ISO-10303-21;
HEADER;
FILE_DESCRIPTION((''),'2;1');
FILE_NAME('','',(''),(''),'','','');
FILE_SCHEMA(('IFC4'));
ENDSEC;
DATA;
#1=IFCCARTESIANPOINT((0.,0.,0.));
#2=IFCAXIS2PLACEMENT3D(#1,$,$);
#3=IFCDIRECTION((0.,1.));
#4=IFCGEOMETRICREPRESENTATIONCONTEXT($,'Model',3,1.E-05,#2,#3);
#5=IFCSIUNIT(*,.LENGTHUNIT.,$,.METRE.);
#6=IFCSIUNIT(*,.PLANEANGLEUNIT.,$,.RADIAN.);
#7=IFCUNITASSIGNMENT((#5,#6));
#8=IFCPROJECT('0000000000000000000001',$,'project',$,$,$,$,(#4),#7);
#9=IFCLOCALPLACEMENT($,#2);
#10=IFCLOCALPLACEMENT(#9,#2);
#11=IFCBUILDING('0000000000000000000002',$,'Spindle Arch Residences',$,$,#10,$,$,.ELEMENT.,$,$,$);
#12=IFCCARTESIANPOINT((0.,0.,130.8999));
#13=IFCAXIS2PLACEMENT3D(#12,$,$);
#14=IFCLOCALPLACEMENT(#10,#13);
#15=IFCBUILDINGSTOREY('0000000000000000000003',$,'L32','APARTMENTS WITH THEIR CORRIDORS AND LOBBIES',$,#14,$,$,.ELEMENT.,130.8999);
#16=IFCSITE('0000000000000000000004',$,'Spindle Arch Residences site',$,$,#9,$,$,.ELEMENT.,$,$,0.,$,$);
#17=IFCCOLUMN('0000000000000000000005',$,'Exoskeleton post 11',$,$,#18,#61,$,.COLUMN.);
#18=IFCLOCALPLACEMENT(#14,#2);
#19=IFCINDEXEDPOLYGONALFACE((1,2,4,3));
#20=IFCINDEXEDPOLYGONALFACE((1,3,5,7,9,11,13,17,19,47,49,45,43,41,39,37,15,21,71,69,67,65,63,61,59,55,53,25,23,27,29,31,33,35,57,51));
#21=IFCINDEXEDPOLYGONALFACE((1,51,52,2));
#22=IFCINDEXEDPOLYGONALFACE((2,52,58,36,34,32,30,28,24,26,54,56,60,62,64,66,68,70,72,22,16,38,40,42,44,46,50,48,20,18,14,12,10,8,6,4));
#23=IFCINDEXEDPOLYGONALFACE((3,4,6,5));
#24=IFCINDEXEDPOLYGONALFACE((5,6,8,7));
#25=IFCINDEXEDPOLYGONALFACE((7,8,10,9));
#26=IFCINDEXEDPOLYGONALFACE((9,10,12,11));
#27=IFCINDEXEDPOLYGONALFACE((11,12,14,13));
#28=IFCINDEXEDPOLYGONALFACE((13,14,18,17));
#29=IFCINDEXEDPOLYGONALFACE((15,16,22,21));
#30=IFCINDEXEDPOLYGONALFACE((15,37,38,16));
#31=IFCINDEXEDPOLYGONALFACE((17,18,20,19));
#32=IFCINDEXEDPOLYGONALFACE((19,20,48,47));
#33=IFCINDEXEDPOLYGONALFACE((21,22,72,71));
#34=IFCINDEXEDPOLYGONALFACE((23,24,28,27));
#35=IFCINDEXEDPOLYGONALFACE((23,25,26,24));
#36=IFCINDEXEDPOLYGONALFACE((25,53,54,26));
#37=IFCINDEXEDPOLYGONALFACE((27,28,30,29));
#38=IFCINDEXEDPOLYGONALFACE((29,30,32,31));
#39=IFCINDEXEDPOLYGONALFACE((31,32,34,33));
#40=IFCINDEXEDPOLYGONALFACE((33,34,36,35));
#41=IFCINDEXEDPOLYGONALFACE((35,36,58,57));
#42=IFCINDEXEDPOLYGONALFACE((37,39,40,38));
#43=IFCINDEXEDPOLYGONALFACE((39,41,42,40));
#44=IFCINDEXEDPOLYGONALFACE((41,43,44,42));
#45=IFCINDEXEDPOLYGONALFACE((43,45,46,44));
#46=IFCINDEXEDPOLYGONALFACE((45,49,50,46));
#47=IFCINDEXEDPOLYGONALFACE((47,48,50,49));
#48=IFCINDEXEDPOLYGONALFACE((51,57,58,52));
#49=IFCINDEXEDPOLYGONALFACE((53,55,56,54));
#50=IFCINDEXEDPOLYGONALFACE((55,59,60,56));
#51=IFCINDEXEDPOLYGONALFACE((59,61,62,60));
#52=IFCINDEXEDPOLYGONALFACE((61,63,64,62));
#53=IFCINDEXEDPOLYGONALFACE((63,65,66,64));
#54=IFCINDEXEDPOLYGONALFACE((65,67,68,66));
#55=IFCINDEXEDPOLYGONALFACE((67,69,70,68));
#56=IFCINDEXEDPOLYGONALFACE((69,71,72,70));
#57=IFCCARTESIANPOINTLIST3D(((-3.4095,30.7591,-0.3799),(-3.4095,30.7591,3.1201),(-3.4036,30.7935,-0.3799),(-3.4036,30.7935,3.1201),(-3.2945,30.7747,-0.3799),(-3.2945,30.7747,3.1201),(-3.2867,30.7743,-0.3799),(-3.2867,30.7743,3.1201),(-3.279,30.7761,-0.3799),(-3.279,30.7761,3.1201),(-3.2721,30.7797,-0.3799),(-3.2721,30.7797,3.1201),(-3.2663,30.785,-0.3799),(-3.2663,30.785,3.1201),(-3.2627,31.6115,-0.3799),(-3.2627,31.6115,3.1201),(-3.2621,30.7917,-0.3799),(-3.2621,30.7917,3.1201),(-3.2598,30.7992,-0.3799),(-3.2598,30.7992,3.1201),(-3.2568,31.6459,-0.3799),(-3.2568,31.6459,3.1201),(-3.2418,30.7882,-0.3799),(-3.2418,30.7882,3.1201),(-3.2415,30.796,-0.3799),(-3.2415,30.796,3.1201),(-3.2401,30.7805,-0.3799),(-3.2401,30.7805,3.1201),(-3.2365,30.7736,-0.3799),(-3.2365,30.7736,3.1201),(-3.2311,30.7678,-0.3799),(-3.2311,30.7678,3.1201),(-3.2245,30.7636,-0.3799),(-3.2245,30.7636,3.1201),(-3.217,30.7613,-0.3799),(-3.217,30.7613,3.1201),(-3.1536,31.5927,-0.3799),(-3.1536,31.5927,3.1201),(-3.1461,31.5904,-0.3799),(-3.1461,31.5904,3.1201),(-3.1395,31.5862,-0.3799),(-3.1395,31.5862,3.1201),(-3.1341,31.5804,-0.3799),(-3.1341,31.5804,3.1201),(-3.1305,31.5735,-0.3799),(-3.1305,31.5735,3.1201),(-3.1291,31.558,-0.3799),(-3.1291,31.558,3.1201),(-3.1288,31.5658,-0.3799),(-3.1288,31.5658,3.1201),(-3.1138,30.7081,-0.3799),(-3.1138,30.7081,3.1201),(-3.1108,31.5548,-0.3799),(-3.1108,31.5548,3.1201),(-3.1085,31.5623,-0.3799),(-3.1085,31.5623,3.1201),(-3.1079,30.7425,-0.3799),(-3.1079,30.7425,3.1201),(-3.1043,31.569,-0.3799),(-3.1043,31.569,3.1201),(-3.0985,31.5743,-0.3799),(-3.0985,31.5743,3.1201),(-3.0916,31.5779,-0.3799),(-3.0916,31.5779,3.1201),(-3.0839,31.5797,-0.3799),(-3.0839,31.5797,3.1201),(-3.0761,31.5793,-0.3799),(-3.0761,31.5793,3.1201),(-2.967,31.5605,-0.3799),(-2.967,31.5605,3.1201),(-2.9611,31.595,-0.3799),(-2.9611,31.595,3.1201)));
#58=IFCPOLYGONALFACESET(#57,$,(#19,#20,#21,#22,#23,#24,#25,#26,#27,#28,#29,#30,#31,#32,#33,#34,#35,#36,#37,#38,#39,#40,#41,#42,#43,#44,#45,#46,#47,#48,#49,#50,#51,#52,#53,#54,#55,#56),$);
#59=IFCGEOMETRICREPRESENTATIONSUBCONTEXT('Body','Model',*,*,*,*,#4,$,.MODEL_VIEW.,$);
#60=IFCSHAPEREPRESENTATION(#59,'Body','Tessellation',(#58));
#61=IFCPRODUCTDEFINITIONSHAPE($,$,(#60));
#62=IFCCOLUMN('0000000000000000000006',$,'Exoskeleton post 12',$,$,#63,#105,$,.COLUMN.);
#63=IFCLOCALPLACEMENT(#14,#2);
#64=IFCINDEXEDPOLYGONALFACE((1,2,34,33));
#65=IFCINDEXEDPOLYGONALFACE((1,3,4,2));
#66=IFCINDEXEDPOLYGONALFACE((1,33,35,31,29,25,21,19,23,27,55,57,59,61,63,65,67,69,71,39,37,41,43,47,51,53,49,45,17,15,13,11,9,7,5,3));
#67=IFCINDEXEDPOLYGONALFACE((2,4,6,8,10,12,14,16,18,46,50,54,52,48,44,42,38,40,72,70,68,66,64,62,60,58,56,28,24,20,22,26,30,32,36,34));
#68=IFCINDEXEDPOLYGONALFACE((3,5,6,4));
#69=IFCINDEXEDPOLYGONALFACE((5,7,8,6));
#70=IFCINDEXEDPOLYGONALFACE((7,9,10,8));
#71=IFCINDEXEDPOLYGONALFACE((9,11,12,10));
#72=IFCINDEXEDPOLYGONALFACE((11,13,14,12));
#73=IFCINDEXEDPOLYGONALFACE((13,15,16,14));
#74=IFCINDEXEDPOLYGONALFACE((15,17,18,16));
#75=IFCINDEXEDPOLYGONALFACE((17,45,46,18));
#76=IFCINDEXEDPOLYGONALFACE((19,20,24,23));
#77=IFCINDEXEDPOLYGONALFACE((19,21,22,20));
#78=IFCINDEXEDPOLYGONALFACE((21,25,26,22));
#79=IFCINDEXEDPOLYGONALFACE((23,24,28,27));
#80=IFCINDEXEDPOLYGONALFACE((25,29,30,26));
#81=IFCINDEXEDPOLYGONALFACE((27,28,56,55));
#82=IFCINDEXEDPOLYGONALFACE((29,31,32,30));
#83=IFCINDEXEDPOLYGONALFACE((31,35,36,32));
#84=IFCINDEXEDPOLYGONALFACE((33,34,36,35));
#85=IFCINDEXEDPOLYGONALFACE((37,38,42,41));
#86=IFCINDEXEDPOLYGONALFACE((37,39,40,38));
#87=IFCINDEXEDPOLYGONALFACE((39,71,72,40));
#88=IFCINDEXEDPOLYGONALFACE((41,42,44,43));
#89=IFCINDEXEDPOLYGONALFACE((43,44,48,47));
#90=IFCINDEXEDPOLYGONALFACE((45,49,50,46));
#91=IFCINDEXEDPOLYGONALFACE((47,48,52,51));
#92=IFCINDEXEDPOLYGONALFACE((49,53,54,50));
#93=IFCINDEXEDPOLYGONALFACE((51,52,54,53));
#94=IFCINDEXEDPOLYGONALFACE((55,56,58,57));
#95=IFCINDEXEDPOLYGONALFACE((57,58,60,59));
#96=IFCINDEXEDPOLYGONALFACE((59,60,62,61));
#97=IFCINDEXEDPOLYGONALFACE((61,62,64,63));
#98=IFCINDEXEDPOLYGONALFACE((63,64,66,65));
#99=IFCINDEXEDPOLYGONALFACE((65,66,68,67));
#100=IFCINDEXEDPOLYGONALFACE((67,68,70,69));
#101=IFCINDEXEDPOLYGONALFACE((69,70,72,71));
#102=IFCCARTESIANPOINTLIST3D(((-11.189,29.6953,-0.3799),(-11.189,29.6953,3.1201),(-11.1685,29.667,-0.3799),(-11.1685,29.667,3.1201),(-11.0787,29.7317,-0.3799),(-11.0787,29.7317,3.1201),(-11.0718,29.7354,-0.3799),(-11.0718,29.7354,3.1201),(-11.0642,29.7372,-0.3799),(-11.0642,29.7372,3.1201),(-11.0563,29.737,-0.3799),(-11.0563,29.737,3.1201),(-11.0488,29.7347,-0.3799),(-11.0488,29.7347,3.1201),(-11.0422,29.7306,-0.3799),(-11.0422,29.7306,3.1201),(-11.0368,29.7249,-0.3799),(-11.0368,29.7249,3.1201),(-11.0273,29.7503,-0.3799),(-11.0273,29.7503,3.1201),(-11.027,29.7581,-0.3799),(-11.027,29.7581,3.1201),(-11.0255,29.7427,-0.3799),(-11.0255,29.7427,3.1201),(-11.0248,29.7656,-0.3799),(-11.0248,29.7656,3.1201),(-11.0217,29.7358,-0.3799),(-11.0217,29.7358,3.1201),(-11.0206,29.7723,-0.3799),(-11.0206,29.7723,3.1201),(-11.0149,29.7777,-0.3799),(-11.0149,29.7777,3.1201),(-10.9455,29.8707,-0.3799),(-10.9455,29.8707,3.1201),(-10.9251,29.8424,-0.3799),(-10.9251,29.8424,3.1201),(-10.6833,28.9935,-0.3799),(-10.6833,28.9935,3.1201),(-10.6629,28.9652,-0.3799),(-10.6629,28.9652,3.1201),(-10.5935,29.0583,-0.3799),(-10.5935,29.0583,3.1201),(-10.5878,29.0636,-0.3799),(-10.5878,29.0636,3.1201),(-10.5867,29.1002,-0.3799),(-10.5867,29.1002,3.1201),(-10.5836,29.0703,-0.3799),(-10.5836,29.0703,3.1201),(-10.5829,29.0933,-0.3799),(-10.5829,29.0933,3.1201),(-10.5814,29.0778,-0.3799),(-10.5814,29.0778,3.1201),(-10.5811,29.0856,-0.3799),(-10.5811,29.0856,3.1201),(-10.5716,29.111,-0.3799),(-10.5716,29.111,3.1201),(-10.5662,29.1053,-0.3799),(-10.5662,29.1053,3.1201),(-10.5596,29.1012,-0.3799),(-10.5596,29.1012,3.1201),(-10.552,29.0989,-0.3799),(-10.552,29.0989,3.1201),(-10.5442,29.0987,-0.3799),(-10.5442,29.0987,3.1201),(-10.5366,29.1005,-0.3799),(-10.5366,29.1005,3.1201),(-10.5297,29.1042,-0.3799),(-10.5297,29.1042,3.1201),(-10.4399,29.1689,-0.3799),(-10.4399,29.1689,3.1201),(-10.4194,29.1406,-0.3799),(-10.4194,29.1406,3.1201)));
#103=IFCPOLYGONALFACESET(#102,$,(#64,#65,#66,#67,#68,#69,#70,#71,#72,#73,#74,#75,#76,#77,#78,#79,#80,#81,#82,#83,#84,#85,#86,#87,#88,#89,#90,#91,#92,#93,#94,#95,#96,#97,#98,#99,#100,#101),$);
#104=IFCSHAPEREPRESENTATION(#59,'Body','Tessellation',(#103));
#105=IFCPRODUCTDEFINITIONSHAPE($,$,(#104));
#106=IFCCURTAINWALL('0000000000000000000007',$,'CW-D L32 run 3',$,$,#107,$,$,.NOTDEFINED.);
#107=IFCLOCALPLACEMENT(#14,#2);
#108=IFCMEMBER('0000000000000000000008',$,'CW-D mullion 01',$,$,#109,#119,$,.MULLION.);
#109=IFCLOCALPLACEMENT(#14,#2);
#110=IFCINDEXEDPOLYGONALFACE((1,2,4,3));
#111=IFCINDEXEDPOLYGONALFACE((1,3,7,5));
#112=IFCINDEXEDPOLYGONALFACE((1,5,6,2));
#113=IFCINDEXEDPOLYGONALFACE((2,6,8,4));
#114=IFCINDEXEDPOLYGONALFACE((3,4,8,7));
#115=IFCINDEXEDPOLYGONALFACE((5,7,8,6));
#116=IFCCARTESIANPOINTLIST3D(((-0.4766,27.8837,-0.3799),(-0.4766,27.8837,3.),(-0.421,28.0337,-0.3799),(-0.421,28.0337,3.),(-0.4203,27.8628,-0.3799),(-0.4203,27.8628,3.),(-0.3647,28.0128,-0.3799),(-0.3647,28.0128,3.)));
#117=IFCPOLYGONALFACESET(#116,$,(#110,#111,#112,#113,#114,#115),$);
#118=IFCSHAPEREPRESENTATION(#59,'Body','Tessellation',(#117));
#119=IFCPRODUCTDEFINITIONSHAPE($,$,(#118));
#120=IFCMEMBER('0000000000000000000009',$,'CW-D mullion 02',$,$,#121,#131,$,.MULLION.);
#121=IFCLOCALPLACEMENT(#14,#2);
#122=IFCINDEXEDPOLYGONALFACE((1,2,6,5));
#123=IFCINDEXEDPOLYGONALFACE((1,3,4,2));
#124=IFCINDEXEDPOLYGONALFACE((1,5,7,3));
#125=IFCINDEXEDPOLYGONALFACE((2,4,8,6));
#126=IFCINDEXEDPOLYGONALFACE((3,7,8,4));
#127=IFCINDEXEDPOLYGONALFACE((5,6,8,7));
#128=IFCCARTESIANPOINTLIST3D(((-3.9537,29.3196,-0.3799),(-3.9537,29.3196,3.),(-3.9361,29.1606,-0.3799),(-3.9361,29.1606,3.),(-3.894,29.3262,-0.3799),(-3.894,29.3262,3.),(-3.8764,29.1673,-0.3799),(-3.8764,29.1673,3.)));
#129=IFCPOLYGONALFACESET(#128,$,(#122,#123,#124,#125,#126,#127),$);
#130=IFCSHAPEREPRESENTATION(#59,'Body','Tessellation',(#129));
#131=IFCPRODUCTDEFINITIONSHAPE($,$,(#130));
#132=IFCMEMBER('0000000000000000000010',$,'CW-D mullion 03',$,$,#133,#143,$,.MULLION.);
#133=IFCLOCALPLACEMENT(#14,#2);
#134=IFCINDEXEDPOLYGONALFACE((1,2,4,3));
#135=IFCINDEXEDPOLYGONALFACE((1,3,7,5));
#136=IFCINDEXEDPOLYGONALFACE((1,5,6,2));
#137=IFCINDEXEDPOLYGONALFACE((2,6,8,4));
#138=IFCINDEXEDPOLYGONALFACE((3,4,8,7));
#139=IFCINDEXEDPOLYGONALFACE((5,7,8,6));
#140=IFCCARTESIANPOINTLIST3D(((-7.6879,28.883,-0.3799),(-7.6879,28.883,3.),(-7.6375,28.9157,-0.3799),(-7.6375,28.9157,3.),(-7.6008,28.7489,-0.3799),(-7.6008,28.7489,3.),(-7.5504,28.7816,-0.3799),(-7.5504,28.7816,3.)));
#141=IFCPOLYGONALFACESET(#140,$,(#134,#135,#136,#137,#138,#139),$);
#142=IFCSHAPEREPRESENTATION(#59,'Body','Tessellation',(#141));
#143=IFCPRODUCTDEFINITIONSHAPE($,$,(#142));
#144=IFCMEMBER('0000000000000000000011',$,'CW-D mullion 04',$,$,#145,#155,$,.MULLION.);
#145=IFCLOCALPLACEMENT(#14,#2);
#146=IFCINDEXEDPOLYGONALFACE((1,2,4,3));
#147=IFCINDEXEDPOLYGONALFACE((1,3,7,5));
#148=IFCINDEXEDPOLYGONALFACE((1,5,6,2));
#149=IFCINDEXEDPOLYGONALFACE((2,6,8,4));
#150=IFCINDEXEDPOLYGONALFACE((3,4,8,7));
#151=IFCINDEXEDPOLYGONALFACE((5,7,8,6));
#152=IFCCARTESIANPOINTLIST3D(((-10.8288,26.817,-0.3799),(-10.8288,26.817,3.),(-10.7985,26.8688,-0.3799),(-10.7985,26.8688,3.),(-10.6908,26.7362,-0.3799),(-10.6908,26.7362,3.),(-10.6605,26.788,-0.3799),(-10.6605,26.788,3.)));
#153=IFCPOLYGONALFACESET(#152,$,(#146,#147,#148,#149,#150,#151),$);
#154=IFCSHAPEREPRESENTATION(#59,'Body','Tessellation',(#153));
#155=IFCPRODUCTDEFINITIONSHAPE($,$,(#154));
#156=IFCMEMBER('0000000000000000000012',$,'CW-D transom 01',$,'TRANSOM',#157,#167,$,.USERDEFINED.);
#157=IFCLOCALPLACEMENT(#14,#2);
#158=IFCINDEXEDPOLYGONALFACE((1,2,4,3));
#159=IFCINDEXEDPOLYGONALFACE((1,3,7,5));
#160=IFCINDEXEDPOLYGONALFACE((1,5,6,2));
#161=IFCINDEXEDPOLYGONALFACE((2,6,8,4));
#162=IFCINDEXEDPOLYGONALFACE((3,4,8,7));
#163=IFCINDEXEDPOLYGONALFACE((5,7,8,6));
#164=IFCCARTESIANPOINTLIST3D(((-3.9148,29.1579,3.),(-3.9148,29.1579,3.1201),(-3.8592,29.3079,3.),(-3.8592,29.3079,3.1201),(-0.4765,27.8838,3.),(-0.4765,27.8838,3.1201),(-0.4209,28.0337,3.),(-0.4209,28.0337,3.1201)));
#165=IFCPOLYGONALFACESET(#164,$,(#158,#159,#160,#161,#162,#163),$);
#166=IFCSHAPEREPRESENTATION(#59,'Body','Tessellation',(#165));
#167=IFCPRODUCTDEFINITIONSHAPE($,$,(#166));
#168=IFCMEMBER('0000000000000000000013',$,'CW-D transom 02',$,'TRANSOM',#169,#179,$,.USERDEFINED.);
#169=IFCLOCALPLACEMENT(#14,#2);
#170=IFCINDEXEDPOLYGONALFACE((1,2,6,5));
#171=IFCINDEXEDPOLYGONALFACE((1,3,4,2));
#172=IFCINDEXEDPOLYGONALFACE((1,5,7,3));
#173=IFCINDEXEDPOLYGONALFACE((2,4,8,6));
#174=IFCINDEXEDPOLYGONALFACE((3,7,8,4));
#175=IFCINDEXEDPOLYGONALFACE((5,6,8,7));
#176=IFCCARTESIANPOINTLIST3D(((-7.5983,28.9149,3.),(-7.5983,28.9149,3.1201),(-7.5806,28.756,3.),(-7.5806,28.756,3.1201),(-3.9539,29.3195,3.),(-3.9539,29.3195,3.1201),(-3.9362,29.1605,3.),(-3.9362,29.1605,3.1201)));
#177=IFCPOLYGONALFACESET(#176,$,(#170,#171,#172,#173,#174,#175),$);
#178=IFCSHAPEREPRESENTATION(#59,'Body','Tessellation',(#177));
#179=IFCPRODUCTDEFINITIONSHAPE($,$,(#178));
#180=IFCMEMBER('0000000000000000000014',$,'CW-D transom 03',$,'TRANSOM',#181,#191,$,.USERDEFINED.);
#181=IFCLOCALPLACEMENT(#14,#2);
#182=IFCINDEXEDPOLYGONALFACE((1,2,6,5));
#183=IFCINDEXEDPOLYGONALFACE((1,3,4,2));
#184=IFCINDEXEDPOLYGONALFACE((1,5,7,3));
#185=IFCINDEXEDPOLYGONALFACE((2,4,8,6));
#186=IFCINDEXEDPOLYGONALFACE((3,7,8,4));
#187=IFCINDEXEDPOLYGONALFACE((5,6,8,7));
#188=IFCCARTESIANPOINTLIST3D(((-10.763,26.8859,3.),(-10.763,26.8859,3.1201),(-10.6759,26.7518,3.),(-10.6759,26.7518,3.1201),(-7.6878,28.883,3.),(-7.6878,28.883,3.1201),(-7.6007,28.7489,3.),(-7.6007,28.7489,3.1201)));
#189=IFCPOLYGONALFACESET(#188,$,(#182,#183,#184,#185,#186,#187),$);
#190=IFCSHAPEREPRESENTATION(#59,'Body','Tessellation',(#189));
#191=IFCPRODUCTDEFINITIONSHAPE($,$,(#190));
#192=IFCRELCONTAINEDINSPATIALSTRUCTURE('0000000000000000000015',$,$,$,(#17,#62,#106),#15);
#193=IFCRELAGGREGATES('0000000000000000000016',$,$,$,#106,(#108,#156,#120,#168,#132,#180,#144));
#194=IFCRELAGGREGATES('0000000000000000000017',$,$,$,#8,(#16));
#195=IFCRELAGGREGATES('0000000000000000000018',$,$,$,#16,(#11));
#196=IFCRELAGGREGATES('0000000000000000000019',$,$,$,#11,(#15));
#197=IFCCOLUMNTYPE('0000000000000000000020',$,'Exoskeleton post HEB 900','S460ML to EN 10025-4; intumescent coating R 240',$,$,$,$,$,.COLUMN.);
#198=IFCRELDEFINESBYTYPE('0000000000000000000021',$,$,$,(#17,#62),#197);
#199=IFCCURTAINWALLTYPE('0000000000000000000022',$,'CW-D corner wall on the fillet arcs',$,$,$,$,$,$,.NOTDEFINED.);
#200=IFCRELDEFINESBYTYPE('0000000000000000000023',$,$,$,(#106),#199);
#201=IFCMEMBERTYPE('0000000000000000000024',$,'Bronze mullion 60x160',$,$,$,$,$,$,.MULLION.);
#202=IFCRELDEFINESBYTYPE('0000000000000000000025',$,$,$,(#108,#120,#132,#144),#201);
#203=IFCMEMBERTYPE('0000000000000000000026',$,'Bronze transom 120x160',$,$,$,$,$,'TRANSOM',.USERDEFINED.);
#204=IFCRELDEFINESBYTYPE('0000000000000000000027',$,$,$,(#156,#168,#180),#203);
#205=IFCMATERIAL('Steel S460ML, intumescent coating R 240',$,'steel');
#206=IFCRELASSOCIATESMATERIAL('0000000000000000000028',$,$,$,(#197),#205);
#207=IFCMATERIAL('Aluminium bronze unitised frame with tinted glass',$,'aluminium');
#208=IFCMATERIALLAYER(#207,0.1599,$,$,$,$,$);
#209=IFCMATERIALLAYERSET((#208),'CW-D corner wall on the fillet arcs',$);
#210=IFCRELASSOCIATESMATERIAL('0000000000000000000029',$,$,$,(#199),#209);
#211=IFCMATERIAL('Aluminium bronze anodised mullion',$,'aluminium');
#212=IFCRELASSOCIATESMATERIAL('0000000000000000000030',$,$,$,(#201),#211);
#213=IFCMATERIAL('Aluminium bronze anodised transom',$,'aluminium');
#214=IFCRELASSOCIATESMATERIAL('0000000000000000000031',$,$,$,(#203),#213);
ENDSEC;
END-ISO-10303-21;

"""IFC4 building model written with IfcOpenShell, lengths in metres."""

from ifc_helpers import new_model, si_unit, direction, frame, origin, origin_2d, place, context, subcontext, project, spatial, rectangle, i_section, extrude, material, layer, layer_set, material_profile, profile_set, type_object, element, aggregate, save


model = new_model("IFC4")

# Units and contexts
model_context = context("Model", 3, precision=1e-05, world=origin(), true_north=direction((0.0, 1.0)))
body_context = subcontext(model_context, "Body", "Model", "MODEL_VIEW")
ifc_project = project(units=[si_unit("LENGTHUNIT", "METRE"), si_unit("PLANEANGLEUNIT", "RADIAN")], contexts=[model_context])

# Site, building, storey
site_placement = place(None, origin())
site = spatial("IfcSite", under=ifc_project, at=site_placement, Name="Spindle Arch Residences site", CompositionType="ELEMENT", RefElevation=0.0)
building_placement = place(site_placement, origin())
building = spatial("IfcBuilding", under=site, at=building_placement, Name="Spindle Arch Residences", CompositionType="ELEMENT")
storey_placement = place(building_placement, frame((0.0, 0.0, 130.8999)))
storey = spatial("IfcBuildingStorey", under=building, at=storey_placement, Name="L32", Description="APARTMENTS WITH THEIR CORRIDORS AND LOBBIES", CompositionType="ELEMENT", Elevation=130.8999)

# Columns
ifc_material_1 = material(Name="Steel S460ML, intumescent coating R 240", Category="steel")
ifc_material_profile_1 = material_profile(ifc_material_1, i_section(OverallWidth=0.3, OverallDepth=0.8999, WebThickness=0.0186, FlangeThickness=0.0349, FilletRadius=0.03, at=origin_2d()), Name="HEB 900")
ifc_profile_set_1 = profile_set([ifc_material_profile_1], Name="Steel S460ML, intumescent coating R 240")
column_type = type_object("IfcColumnType", Name="Exoskeleton post HEB 900", Description="S460ML to EN 10025-4; intumescent coating R 240", PredefinedType="COLUMN", material=ifc_profile_set_1)
for number, where, z_axis, x_axis, name in (
    (1, (-3.1853, 31.177, -0.3799), (0.0, 0.0, 1.0), (0.985485, -0.169765, 0.0), "Exoskeleton post 11"),
    (2, (-10.8042, 29.418, -0.3799), (0.0, 0.0, 1.0), (0.811328, 0.584591, 0.0), "Exoskeleton post 12"),
):
    element("IfcColumn", number, at=place(storey_placement, frame(where, z_axis=z_axis, x_axis=x_axis)), inside=storey, type_object=column_type, Name=name, PredefinedType="COLUMN", context=body_context, shape_type="SweptSolid", body=[
        extrude(i_section(OverallWidth=0.3, OverallDepth=0.8999, WebThickness=0.0186, FlangeThickness=0.0349, FilletRadius=0.03, at=origin_2d()), origin(), (0.0, 0.0, 1.0), 3.5),
    ])

# Curtain wall, members
ifc_material_2 = material(Name="Aluminium bronze unitised frame with tinted glass", Category="aluminium")
ifc_layer_1 = layer(ifc_material_2, 0.1599)
ifc_layer_set_1 = layer_set([ifc_layer_1], Name="CW-D corner wall on the fillet arcs")
curtain_wall_type = type_object("IfcCurtainWallType", Name="CW-D corner wall on the fillet arcs", PredefinedType="NOTDEFINED", material=ifc_layer_set_1)
curtain_wall_placement = place(storey_placement, origin())
curtain_wall = element("IfcCurtainWall", 3, at=curtain_wall_placement, inside=storey, type_object=curtain_wall_type, Name="CW-D L32 run 3", PredefinedType="NOTDEFINED")
ifc_material_3 = material(Name="Aluminium bronze anodised mullion", Category="aluminium")
ifc_material_profile_2 = material_profile(ifc_material_3, rectangle(XDim=0.1599, YDim=0.0601, at=origin_2d()), Name="MU 60x160")
ifc_profile_set_2 = profile_set([ifc_material_profile_2], Name="Aluminium bronze anodised mullion")
member_type_1 = type_object("IfcMemberType", Name="Bronze mullion 60x160", PredefinedType="MULLION", material=ifc_profile_set_2)
member_1_placement = place(storey_placement, frame((-0.4207, 27.9482, -0.3799), z_axis=(0.0, 0.0, 1.0), x_axis=(-0.347481, -0.937687, 0.0)))
member_1 = element("IfcMember", 4, at=member_1_placement, type_object=member_type_1, Name="CW-D mullion 01", PredefinedType="MULLION", context=body_context, shape_type="SweptSolid", body=[
    extrude(rectangle(XDim=0.1599, YDim=0.0601, at=origin_2d()), origin(), (0.0, 0.0, 1.0), 3.3799),
])
member_2_placement = place(storey_placement, frame((-3.915, 29.2434, -0.3799), z_axis=(0.0, 0.0, 1.0), x_axis=(0.110313, -0.993897, 0.0)))
member_2 = element("IfcMember", 5, at=member_2_placement, type_object=member_type_1, Name="CW-D mullion 02", PredefinedType="MULLION", context=body_context, shape_type="SweptSolid", body=[
    extrude(rectangle(XDim=0.1599, YDim=0.0601, at=origin_2d()), origin(), (0.0, 0.0, 1.0), 3.3799),
])
member_3_placement = place(storey_placement, frame((-7.6191, 28.8323, -0.3799), z_axis=(0.0, 0.0, 1.0), x_axis=(0.544639, -0.838671, 0.0)))
member_3 = element("IfcMember", 6, at=member_3_placement, type_object=member_type_1, Name="CW-D mullion 03", PredefinedType="MULLION", context=body_context, shape_type="SweptSolid", body=[
    extrude(rectangle(XDim=0.1599, YDim=0.0601, at=origin_2d()), origin(), (0.0, 0.0, 1.0), 3.3799),
])
member_4_placement = place(storey_placement, frame((-10.7446, 26.8025, -0.3799), z_axis=(0.0, 0.0, 1.0), x_axis=(0.863102, -0.50503, 0.0)))
member_4 = element("IfcMember", 7, at=member_4_placement, type_object=member_type_1, Name="CW-D mullion 04", PredefinedType="MULLION", context=body_context, shape_type="SweptSolid", body=[
    extrude(rectangle(XDim=0.1599, YDim=0.0601, at=origin_2d()), origin(), (0.0, 0.0, 1.0), 3.3799),
])
ifc_material_4 = material(Name="Aluminium bronze anodised transom", Category="aluminium")
ifc_material_profile_3 = material_profile(ifc_material_4, rectangle(XDim=0.1599, YDim=0.1201, at=origin_2d()), Name="TR 120x160")
ifc_profile_set_3 = profile_set([ifc_material_profile_3], Name="Aluminium bronze anodised transom")
member_type_2 = type_object("IfcMemberType", Name="Bronze transom 120x160", ElementType="TRANSOM", PredefinedType="USERDEFINED", material=ifc_profile_set_3)
member_5_placement = place(storey_placement, frame((-0.4487, 27.9587, 3.0601), z_axis=(-0.937682, 0.347494, 0.0), x_axis=(-0.347494, -0.937682, 0.0)))
member_5 = element("IfcMember", 8, at=member_5_placement, type_object=member_type_2, Name="CW-D transom 01", ObjectType="TRANSOM", PredefinedType="USERDEFINED", context=body_context, shape_type="SweptSolid", body=[
    extrude(rectangle(XDim=0.1599, YDim=0.1201, at=origin_2d()), origin(), (0.0, 0.0, 1.0), 3.6667),
])
member_6_placement = place(storey_placement, frame((-3.9451, 29.24, 3.0601), z_axis=(-0.993895, -0.110329, 0.0), x_axis=(0.110329, -0.993895, 0.0)))
member_6 = element("IfcMember", 9, at=member_6_placement, type_object=member_type_2, Name="CW-D transom 02", ObjectType="TRANSOM", PredefinedType="USERDEFINED", context=body_context, shape_type="SweptSolid", body=[
    extrude(rectangle(XDim=0.1599, YDim=0.1201, at=origin_2d()), origin(), (0.0, 0.0, 1.0), 3.6667),
])
member_7_placement = place(storey_placement, frame((-7.6443, 28.8159, 3.0601), z_axis=(-0.838669, -0.544642, 0.0), x_axis=(0.544642, -0.838669, 0.0)))
member_7 = element("IfcMember", 10, at=member_7_placement, type_object=member_type_2, Name="CW-D transom 03", ObjectType="TRANSOM", PredefinedType="USERDEFINED", context=body_context, shape_type="SweptSolid", body=[
    extrude(rectangle(XDim=0.1599, YDim=0.1201, at=origin_2d()), origin(), (0.0, 0.0, 1.0), 3.6667),
])

aggregate(curtain_wall, [member_1, member_5, member_2, member_6, member_3, member_7, member_4])

save(model, "model.ifc")
